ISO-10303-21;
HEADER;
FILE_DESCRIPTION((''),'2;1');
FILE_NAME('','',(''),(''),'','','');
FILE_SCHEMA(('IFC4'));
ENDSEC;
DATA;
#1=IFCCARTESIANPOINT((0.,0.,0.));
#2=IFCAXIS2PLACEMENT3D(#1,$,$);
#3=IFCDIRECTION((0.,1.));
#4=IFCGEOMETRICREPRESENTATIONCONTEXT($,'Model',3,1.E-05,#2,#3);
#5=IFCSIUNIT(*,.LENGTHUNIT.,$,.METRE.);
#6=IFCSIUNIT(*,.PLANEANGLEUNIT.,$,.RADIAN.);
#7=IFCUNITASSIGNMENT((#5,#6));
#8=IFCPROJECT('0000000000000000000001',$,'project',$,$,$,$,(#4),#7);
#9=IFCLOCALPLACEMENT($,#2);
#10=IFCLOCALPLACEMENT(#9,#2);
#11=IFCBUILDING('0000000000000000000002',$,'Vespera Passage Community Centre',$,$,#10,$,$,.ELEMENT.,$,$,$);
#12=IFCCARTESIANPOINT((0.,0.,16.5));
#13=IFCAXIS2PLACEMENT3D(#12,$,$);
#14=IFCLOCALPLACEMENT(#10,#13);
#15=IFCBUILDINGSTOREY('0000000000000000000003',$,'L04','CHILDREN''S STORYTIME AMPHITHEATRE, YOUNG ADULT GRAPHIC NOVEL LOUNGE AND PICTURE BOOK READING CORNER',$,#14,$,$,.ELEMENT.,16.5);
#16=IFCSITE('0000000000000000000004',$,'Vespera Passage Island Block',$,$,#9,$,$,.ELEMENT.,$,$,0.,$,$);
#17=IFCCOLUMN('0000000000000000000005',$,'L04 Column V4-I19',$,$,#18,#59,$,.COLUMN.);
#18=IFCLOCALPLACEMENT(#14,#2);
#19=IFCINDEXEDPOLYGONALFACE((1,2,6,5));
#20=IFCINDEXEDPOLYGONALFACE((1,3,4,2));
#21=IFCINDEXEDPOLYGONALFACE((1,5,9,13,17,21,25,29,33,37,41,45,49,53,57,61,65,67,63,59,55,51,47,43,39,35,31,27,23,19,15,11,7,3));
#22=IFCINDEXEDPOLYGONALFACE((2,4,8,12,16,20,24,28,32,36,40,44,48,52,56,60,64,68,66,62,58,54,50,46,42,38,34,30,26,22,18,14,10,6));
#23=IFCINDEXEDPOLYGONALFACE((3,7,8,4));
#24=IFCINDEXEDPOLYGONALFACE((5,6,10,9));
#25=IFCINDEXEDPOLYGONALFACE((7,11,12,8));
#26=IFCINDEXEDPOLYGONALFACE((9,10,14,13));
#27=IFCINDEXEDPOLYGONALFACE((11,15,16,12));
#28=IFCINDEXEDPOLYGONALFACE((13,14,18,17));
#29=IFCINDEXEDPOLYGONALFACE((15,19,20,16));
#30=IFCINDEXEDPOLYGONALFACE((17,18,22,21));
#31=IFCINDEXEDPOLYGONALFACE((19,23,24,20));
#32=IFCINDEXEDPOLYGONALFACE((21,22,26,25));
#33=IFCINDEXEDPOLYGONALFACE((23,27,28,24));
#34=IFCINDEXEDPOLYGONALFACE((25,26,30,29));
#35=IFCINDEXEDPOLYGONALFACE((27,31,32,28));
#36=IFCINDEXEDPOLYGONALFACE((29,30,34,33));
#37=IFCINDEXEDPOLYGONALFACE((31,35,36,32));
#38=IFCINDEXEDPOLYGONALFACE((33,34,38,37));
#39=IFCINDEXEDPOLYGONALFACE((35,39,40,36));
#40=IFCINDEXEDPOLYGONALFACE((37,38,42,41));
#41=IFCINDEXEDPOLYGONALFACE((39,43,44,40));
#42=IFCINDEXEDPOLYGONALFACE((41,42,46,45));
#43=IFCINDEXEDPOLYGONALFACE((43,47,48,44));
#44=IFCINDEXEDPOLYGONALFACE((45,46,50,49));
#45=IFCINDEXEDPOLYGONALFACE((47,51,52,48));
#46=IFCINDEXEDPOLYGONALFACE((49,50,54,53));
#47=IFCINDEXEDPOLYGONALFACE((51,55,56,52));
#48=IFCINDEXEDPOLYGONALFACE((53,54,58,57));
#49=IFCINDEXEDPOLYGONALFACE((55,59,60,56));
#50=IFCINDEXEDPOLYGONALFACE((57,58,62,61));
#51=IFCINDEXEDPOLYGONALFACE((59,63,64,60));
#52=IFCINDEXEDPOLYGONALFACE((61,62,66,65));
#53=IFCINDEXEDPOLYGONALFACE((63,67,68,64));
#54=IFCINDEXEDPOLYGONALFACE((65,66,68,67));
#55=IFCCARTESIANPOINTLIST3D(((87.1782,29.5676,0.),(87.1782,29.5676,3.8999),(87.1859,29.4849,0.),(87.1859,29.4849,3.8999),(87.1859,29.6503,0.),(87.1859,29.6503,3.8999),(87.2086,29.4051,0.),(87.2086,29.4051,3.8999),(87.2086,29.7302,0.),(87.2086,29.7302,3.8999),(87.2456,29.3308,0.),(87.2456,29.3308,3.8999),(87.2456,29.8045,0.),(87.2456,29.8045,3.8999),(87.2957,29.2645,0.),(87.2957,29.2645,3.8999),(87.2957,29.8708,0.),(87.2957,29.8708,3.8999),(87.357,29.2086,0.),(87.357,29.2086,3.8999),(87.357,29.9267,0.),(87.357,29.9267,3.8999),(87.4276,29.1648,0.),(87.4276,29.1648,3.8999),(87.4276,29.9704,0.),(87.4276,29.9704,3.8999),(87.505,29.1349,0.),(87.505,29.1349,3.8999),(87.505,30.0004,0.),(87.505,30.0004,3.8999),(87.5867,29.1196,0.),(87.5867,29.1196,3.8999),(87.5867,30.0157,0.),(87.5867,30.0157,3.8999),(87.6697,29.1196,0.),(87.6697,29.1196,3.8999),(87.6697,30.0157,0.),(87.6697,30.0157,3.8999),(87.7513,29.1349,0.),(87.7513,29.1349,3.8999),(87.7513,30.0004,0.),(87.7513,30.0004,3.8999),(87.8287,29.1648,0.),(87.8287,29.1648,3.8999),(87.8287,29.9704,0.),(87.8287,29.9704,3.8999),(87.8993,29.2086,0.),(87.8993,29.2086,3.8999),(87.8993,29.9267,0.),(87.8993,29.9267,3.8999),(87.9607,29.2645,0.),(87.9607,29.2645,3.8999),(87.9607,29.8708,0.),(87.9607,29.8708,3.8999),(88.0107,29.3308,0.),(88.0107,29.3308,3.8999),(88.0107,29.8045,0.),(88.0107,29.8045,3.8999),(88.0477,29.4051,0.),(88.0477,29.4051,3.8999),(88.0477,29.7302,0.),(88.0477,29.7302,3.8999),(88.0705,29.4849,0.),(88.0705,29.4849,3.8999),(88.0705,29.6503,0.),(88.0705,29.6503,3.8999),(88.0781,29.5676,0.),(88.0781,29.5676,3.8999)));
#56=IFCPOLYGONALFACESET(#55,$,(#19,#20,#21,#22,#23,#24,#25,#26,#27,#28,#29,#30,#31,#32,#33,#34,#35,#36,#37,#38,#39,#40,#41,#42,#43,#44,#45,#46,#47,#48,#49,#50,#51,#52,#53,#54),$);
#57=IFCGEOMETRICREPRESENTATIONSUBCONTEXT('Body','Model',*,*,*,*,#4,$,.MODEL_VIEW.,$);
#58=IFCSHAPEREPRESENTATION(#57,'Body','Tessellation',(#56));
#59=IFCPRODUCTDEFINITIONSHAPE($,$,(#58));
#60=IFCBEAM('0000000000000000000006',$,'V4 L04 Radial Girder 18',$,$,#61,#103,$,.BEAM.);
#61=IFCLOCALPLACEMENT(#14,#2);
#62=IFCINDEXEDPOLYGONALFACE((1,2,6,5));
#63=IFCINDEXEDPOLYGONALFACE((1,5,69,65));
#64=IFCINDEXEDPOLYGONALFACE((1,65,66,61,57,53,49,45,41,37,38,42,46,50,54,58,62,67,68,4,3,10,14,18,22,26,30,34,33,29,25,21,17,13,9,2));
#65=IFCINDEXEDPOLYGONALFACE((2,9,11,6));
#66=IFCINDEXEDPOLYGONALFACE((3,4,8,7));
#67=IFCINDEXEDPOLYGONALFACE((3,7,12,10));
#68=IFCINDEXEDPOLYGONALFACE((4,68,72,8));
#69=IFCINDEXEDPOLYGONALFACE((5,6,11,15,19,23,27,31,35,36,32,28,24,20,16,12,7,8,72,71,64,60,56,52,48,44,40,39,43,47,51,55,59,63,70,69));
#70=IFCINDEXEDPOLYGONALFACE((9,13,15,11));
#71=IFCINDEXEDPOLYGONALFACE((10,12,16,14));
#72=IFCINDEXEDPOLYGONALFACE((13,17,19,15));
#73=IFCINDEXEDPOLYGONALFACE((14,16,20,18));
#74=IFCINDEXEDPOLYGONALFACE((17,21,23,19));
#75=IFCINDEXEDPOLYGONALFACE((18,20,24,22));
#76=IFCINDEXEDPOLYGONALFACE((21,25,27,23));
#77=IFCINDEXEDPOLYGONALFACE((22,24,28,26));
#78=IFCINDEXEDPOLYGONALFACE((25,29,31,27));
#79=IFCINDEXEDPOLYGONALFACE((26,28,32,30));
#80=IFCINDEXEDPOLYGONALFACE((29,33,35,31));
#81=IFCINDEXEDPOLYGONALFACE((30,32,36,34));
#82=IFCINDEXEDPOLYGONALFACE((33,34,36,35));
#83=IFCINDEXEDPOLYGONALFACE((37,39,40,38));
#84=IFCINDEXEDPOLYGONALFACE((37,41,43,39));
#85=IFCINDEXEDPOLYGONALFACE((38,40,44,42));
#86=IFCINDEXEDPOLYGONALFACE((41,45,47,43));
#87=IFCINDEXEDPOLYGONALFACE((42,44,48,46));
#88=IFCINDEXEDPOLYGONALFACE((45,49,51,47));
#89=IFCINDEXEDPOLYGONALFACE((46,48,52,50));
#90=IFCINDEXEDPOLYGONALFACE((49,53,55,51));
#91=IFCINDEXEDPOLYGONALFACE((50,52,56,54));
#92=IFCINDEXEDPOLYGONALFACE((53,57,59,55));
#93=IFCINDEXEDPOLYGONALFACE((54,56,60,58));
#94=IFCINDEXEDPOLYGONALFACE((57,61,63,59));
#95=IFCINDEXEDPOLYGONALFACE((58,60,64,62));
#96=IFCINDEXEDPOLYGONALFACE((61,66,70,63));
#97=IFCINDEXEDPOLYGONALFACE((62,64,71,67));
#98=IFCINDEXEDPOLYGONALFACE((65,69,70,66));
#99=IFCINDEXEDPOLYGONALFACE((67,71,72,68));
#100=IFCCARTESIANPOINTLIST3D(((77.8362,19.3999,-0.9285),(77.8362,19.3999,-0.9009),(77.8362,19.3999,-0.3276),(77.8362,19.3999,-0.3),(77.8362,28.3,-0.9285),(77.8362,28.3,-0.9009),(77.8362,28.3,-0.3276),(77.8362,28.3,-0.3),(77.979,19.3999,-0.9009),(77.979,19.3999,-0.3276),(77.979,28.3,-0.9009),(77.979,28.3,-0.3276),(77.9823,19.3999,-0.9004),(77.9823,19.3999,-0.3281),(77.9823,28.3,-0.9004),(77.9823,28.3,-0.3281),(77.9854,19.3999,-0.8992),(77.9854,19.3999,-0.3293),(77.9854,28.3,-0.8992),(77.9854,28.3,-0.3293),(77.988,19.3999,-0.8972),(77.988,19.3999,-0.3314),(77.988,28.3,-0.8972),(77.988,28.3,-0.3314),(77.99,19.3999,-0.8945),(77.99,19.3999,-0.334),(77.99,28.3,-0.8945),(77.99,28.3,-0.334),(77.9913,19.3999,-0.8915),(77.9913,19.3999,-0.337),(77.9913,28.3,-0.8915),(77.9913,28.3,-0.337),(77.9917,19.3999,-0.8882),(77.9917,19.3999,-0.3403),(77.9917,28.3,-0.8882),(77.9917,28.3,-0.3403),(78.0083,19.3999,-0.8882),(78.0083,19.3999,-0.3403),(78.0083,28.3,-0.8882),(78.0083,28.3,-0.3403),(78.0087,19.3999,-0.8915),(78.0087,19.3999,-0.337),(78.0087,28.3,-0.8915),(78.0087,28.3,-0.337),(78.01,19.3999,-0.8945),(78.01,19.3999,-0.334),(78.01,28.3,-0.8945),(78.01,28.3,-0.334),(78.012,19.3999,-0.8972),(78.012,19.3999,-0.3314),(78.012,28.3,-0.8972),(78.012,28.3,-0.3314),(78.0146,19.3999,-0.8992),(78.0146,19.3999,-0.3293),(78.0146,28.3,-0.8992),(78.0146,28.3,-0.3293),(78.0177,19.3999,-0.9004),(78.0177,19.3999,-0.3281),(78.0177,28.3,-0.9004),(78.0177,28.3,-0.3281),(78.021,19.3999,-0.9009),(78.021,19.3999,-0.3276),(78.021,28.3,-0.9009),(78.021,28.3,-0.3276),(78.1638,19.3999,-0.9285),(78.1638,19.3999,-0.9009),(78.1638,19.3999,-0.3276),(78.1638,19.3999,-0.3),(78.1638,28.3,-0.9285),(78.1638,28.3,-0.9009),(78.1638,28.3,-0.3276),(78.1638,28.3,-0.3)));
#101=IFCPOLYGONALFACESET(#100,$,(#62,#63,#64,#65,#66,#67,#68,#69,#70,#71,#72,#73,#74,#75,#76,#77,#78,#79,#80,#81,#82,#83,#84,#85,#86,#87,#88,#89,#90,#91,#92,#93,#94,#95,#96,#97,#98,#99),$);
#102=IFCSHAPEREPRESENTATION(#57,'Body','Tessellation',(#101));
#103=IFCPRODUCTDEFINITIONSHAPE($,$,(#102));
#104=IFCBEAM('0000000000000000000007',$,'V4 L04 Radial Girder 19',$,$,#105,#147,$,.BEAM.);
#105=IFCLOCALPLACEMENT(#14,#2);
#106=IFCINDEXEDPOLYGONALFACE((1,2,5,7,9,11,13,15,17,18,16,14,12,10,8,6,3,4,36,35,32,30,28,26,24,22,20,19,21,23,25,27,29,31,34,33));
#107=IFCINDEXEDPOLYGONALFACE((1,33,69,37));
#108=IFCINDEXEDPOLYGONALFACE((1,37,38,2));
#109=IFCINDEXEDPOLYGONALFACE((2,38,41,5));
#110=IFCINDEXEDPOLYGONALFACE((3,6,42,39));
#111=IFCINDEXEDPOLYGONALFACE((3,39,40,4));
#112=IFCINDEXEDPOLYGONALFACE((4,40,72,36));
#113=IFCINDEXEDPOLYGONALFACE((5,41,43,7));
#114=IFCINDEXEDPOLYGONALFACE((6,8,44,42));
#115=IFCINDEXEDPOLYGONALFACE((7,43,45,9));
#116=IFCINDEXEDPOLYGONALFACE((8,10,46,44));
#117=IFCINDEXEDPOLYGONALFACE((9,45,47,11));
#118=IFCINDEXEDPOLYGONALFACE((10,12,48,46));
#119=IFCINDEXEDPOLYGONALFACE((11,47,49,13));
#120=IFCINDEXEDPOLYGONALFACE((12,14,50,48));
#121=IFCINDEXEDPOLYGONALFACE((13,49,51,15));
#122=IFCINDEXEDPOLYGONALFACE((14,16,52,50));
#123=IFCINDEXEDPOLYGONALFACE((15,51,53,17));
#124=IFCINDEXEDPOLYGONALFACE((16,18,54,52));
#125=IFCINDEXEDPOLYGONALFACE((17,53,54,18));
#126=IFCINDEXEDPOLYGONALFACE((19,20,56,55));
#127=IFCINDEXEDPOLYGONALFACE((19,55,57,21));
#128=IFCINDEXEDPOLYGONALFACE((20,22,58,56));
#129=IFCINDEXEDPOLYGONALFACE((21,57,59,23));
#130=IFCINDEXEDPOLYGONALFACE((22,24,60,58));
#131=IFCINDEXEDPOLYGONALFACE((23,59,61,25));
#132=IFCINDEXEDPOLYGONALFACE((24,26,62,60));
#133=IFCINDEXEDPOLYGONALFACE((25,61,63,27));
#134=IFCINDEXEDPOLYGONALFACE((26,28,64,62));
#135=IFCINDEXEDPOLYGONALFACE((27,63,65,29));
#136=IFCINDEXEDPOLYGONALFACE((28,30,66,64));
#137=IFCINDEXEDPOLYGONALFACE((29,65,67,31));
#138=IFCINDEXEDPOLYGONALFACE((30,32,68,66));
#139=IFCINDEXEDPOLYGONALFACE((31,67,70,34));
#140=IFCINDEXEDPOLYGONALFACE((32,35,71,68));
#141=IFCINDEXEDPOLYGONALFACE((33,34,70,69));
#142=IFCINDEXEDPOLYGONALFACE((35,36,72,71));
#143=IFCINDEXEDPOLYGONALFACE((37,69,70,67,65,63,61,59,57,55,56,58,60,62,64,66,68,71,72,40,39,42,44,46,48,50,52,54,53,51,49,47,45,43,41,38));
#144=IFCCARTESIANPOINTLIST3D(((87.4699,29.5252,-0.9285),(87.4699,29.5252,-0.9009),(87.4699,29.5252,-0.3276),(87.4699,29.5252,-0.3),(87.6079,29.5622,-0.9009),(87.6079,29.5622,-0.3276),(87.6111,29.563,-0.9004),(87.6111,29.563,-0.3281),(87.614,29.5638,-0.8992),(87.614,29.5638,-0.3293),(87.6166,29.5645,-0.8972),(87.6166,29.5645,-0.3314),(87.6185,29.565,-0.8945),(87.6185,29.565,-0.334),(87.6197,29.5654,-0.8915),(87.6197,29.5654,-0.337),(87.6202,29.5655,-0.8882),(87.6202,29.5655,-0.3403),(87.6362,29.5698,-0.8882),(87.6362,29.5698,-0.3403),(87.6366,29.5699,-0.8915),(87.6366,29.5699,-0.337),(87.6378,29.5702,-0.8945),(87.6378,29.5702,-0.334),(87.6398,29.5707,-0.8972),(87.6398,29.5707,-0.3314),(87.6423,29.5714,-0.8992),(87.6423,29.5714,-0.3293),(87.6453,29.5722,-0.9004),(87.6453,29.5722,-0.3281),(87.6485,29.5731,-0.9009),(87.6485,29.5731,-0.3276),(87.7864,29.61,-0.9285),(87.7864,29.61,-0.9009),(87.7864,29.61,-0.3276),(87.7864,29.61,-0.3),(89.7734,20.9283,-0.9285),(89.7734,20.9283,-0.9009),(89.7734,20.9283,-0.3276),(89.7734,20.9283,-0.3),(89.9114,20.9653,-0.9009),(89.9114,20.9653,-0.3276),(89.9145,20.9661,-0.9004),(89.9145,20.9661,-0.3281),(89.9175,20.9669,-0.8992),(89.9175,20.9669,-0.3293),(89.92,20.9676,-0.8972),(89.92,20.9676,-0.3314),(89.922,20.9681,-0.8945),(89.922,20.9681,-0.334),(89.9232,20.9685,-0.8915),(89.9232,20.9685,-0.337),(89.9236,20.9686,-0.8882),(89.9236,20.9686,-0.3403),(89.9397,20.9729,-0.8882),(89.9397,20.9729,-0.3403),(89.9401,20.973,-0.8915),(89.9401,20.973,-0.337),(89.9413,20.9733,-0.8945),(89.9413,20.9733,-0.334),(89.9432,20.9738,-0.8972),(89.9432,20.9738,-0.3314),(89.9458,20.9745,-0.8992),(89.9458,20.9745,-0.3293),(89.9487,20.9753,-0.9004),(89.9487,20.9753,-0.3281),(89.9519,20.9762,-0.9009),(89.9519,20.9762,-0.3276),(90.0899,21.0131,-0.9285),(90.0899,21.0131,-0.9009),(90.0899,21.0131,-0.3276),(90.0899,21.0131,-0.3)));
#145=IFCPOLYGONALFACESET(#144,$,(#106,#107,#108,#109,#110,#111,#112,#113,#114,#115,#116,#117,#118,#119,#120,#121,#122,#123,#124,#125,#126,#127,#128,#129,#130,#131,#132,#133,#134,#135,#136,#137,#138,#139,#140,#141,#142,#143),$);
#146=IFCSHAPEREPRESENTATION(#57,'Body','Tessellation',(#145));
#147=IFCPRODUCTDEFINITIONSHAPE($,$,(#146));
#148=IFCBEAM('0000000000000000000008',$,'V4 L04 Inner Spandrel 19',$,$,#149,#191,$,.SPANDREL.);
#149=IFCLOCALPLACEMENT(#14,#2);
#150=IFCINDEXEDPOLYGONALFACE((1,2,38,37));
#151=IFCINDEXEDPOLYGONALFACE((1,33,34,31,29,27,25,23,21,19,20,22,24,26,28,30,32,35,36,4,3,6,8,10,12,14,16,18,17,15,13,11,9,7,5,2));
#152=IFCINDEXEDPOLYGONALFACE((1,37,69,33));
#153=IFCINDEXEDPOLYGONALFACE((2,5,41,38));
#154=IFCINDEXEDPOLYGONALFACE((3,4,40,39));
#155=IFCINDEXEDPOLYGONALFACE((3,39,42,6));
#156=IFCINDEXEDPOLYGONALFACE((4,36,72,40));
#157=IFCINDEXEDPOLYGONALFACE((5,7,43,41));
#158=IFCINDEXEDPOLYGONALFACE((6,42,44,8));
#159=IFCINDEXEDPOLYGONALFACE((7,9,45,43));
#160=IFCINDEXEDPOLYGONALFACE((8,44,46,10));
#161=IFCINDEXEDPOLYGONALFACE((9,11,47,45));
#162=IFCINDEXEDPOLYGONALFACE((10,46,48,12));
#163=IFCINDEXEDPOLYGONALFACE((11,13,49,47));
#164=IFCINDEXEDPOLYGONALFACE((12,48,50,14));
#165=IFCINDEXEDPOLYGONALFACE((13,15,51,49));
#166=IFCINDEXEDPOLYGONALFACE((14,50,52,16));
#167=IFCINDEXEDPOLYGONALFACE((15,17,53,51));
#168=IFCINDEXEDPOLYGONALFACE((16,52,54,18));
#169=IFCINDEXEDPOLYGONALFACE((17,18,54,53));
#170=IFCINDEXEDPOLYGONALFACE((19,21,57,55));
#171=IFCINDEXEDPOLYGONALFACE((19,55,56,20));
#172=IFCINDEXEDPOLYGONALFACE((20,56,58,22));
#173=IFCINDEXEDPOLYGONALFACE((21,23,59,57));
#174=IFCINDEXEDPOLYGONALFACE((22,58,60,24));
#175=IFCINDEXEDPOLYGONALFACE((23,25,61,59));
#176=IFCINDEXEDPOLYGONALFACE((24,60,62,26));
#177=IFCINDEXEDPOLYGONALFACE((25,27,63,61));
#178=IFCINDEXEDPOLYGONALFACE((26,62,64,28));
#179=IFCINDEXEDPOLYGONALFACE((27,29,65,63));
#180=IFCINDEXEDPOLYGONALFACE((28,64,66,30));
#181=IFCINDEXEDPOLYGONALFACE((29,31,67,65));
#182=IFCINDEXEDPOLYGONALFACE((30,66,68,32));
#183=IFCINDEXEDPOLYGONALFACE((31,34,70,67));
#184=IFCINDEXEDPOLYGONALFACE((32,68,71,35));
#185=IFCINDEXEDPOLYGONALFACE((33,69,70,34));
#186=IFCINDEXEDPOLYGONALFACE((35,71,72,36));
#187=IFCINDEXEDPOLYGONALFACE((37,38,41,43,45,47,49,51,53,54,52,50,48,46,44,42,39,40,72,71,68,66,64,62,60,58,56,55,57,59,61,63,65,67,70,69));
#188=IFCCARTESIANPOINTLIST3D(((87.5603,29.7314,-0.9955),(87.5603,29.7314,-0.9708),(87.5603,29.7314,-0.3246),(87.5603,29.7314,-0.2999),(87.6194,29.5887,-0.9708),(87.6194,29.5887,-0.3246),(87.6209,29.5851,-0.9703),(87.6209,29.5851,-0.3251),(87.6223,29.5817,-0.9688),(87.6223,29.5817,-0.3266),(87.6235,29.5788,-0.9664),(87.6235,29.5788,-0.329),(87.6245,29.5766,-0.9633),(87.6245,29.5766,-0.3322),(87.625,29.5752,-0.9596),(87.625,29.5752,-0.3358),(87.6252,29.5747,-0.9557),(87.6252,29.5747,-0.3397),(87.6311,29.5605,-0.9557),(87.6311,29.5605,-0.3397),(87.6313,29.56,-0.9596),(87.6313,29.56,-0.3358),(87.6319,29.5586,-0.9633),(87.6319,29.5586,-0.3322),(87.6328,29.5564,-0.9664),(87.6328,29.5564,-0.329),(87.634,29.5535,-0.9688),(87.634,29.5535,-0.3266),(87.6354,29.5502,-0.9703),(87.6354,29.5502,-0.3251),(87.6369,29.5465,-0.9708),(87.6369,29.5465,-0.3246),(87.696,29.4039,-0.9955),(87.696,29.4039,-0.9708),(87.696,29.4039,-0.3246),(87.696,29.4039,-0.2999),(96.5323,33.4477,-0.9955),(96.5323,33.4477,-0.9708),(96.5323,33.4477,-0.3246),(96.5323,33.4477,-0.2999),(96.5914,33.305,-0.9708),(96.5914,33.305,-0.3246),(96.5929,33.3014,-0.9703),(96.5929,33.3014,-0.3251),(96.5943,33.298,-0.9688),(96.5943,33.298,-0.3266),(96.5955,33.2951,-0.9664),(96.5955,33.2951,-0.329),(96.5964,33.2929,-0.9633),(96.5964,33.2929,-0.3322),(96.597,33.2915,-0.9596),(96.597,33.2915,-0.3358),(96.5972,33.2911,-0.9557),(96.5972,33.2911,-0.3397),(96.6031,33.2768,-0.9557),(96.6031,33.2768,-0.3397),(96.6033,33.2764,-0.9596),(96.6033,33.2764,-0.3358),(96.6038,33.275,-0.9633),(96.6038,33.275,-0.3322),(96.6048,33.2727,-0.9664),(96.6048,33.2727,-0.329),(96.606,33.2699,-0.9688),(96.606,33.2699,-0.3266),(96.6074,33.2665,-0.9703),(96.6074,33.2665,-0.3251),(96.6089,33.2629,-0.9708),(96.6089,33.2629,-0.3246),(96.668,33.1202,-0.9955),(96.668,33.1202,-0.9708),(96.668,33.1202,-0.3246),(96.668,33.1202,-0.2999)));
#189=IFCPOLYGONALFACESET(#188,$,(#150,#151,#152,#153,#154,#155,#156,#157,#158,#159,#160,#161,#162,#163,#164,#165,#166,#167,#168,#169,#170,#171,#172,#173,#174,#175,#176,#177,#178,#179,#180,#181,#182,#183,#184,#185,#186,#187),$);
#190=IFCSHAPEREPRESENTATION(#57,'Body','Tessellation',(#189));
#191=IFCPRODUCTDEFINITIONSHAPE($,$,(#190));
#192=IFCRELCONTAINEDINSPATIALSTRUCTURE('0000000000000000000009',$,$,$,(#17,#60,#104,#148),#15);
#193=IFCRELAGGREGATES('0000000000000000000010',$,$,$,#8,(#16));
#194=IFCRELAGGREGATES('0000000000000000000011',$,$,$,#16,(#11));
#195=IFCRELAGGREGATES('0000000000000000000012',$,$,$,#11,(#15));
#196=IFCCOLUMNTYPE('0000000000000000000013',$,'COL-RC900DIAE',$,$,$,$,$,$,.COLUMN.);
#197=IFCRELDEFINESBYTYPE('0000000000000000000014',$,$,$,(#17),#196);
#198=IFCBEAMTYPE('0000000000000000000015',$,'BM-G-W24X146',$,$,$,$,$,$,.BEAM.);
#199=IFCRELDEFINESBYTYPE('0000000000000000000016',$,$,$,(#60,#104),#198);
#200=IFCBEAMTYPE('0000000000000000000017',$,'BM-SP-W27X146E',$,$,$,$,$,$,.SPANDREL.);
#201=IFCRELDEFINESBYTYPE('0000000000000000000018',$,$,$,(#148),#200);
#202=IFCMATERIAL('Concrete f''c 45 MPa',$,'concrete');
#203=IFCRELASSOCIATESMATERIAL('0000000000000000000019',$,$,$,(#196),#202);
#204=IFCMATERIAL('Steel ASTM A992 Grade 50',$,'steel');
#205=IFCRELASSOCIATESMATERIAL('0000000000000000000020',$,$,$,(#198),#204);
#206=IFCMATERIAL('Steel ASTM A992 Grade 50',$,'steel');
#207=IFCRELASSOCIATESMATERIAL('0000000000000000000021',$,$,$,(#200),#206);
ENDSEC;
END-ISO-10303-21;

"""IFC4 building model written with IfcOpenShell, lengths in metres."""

from ifc_helpers import new_model, si_unit, direction, frame, origin, origin_2d, place, context, subcontext, project, spatial, circle, i_section, extrude, material, material_profile, profile_set, type_object, element, save


model = new_model("IFC4")

# Units and contexts
model_context = context("Model", 3, precision=1e-05, world=origin(), true_north=direction((0.0, 1.0)))
body_context = subcontext(model_context, "Body", "Model", "MODEL_VIEW")
ifc_project = project(units=[si_unit("LENGTHUNIT", "METRE"), si_unit("PLANEANGLEUNIT", "RADIAN")], contexts=[model_context])

# Site, building, storey
site_placement = place(None, origin())
site = spatial("IfcSite", under=ifc_project, at=site_placement, Name="Vespera Passage Island Block", CompositionType="ELEMENT", RefElevation=0.0)
building_placement = place(site_placement, origin())
building = spatial("IfcBuilding", under=site, at=building_placement, Name="Vespera Passage Community Centre", CompositionType="ELEMENT")
storey_placement = place(building_placement, frame((0.0, 0.0, 16.5)))
storey = spatial("IfcBuildingStorey", under=building, at=storey_placement, Name="L04", Description="CHILDREN'S STORYTIME AMPHITHEATRE, YOUNG ADULT GRAPHIC NOVEL LOUNGE AND PICTURE BOOK READING CORNER", CompositionType="ELEMENT", Elevation=16.5)

# Column
ifc_material_1 = material(Name="Concrete f'c 45 MPa", Category="concrete")
ifc_material_profile_1 = material_profile(ifc_material_1, circle(Radius=0.45, at=origin_2d()), Name="RC900DIA")
ifc_profile_set_1 = profile_set([ifc_material_profile_1], Name="Concrete f'c 45 MPa")
column_type = type_object("IfcColumnType", Name="COL-RC900DIAE", PredefinedType="COLUMN", material=ifc_profile_set_1)
column_placement = place(storey_placement, frame((87.6282, 29.5676, 0.0), z_axis=(0.0, 0.0, 1.0), x_axis=(1.0, 0.0, 0.0)))
element("IfcColumn", 1, at=column_placement, inside=storey, type_object=column_type, Name="L04 Column V4-I19", PredefinedType="COLUMN", context=body_context, shape_type="SweptSolid", body=[
    extrude(circle(Radius=0.45, at=origin_2d()), origin(), (0.0, 0.0, 1.0), 3.8999),
])

# Beams
ifc_material_2 = material(Name="Steel ASTM A992 Grade 50", Category="steel")
ifc_material_profile_2 = material_profile(ifc_material_2, i_section(OverallWidth=0.3276, OverallDepth=0.6284, WebThickness=0.0166, FlangeThickness=0.0276, FilletRadius=0.0127, at=origin_2d()), Name="W24X146")
ifc_profile_set_2 = profile_set([ifc_material_profile_2], Name="Steel ASTM A992 Grade 50")
beam_type_1 = type_object("IfcBeamType", Name="BM-G-W24X146", PredefinedType="BEAM", material=ifc_profile_set_2)
for number, where, z_axis, x_axis, name in (
    (2, (78.0, 28.3, -0.6143), (0.0, -1.0, 0.0), (1.0, 0.0, 0.0), "V4 L04 Radial Girder 18"),
    (3, (87.6282, 29.5676, -0.6143), (0.258811, -0.965928, 0.0), (0.965928, 0.258811, 0.0), "V4 L04 Radial Girder 19"),
):
    element("IfcBeam", number, at=place(storey_placement, frame(where, z_axis=z_axis, x_axis=x_axis)), inside=storey, type_object=beam_type_1, Name=name, PredefinedType="BEAM", context=body_context, shape_type="SweptSolid", body=[
        extrude(i_section(OverallWidth=0.3276, OverallDepth=0.6284, WebThickness=0.0166, FlangeThickness=0.0276, FilletRadius=0.0127, at=origin_2d()), origin(), (0.0, 0.0, 1.0), 8.9001),
    ])
ifc_material_3 = material(Name="Steel ASTM A992 Grade 50", Category="steel")
ifc_material_profile_3 = material_profile(ifc_material_3, i_section(OverallWidth=0.3545, OverallDepth=0.6956, WebThickness=0.0154, FlangeThickness=0.0247, FilletRadius=0.0151, at=origin_2d()), Name="W27X146")
ifc_profile_set_3 = profile_set([ifc_material_profile_3], Name="Steel ASTM A992 Grade 50")
beam_type_2 = type_object("IfcBeamType", Name="BM-SP-W27X146E", PredefinedType="SPANDREL", material=ifc_profile_set_3)
beam_placement = place(storey_placement, frame((87.6282, 29.5676, -0.6477), z_axis=(0.923879, 0.382685, 0.0), x_axis=(-0.382685, 0.923879, 0.0)))
element("IfcBeam", 4, at=beam_placement, inside=storey, type_object=beam_type_2, Name="V4 L04 Inner Spandrel 19", PredefinedType="SPANDREL", context=body_context, shape_type="SweptSolid", body=[
    extrude(i_section(OverallWidth=0.3545, OverallDepth=0.6956, WebThickness=0.0154, FlangeThickness=0.0247, FilletRadius=0.0151, at=origin_2d()), origin(), (0.0, 0.0, 1.0), 9.7112),
])

save(model, "model.ifc")
